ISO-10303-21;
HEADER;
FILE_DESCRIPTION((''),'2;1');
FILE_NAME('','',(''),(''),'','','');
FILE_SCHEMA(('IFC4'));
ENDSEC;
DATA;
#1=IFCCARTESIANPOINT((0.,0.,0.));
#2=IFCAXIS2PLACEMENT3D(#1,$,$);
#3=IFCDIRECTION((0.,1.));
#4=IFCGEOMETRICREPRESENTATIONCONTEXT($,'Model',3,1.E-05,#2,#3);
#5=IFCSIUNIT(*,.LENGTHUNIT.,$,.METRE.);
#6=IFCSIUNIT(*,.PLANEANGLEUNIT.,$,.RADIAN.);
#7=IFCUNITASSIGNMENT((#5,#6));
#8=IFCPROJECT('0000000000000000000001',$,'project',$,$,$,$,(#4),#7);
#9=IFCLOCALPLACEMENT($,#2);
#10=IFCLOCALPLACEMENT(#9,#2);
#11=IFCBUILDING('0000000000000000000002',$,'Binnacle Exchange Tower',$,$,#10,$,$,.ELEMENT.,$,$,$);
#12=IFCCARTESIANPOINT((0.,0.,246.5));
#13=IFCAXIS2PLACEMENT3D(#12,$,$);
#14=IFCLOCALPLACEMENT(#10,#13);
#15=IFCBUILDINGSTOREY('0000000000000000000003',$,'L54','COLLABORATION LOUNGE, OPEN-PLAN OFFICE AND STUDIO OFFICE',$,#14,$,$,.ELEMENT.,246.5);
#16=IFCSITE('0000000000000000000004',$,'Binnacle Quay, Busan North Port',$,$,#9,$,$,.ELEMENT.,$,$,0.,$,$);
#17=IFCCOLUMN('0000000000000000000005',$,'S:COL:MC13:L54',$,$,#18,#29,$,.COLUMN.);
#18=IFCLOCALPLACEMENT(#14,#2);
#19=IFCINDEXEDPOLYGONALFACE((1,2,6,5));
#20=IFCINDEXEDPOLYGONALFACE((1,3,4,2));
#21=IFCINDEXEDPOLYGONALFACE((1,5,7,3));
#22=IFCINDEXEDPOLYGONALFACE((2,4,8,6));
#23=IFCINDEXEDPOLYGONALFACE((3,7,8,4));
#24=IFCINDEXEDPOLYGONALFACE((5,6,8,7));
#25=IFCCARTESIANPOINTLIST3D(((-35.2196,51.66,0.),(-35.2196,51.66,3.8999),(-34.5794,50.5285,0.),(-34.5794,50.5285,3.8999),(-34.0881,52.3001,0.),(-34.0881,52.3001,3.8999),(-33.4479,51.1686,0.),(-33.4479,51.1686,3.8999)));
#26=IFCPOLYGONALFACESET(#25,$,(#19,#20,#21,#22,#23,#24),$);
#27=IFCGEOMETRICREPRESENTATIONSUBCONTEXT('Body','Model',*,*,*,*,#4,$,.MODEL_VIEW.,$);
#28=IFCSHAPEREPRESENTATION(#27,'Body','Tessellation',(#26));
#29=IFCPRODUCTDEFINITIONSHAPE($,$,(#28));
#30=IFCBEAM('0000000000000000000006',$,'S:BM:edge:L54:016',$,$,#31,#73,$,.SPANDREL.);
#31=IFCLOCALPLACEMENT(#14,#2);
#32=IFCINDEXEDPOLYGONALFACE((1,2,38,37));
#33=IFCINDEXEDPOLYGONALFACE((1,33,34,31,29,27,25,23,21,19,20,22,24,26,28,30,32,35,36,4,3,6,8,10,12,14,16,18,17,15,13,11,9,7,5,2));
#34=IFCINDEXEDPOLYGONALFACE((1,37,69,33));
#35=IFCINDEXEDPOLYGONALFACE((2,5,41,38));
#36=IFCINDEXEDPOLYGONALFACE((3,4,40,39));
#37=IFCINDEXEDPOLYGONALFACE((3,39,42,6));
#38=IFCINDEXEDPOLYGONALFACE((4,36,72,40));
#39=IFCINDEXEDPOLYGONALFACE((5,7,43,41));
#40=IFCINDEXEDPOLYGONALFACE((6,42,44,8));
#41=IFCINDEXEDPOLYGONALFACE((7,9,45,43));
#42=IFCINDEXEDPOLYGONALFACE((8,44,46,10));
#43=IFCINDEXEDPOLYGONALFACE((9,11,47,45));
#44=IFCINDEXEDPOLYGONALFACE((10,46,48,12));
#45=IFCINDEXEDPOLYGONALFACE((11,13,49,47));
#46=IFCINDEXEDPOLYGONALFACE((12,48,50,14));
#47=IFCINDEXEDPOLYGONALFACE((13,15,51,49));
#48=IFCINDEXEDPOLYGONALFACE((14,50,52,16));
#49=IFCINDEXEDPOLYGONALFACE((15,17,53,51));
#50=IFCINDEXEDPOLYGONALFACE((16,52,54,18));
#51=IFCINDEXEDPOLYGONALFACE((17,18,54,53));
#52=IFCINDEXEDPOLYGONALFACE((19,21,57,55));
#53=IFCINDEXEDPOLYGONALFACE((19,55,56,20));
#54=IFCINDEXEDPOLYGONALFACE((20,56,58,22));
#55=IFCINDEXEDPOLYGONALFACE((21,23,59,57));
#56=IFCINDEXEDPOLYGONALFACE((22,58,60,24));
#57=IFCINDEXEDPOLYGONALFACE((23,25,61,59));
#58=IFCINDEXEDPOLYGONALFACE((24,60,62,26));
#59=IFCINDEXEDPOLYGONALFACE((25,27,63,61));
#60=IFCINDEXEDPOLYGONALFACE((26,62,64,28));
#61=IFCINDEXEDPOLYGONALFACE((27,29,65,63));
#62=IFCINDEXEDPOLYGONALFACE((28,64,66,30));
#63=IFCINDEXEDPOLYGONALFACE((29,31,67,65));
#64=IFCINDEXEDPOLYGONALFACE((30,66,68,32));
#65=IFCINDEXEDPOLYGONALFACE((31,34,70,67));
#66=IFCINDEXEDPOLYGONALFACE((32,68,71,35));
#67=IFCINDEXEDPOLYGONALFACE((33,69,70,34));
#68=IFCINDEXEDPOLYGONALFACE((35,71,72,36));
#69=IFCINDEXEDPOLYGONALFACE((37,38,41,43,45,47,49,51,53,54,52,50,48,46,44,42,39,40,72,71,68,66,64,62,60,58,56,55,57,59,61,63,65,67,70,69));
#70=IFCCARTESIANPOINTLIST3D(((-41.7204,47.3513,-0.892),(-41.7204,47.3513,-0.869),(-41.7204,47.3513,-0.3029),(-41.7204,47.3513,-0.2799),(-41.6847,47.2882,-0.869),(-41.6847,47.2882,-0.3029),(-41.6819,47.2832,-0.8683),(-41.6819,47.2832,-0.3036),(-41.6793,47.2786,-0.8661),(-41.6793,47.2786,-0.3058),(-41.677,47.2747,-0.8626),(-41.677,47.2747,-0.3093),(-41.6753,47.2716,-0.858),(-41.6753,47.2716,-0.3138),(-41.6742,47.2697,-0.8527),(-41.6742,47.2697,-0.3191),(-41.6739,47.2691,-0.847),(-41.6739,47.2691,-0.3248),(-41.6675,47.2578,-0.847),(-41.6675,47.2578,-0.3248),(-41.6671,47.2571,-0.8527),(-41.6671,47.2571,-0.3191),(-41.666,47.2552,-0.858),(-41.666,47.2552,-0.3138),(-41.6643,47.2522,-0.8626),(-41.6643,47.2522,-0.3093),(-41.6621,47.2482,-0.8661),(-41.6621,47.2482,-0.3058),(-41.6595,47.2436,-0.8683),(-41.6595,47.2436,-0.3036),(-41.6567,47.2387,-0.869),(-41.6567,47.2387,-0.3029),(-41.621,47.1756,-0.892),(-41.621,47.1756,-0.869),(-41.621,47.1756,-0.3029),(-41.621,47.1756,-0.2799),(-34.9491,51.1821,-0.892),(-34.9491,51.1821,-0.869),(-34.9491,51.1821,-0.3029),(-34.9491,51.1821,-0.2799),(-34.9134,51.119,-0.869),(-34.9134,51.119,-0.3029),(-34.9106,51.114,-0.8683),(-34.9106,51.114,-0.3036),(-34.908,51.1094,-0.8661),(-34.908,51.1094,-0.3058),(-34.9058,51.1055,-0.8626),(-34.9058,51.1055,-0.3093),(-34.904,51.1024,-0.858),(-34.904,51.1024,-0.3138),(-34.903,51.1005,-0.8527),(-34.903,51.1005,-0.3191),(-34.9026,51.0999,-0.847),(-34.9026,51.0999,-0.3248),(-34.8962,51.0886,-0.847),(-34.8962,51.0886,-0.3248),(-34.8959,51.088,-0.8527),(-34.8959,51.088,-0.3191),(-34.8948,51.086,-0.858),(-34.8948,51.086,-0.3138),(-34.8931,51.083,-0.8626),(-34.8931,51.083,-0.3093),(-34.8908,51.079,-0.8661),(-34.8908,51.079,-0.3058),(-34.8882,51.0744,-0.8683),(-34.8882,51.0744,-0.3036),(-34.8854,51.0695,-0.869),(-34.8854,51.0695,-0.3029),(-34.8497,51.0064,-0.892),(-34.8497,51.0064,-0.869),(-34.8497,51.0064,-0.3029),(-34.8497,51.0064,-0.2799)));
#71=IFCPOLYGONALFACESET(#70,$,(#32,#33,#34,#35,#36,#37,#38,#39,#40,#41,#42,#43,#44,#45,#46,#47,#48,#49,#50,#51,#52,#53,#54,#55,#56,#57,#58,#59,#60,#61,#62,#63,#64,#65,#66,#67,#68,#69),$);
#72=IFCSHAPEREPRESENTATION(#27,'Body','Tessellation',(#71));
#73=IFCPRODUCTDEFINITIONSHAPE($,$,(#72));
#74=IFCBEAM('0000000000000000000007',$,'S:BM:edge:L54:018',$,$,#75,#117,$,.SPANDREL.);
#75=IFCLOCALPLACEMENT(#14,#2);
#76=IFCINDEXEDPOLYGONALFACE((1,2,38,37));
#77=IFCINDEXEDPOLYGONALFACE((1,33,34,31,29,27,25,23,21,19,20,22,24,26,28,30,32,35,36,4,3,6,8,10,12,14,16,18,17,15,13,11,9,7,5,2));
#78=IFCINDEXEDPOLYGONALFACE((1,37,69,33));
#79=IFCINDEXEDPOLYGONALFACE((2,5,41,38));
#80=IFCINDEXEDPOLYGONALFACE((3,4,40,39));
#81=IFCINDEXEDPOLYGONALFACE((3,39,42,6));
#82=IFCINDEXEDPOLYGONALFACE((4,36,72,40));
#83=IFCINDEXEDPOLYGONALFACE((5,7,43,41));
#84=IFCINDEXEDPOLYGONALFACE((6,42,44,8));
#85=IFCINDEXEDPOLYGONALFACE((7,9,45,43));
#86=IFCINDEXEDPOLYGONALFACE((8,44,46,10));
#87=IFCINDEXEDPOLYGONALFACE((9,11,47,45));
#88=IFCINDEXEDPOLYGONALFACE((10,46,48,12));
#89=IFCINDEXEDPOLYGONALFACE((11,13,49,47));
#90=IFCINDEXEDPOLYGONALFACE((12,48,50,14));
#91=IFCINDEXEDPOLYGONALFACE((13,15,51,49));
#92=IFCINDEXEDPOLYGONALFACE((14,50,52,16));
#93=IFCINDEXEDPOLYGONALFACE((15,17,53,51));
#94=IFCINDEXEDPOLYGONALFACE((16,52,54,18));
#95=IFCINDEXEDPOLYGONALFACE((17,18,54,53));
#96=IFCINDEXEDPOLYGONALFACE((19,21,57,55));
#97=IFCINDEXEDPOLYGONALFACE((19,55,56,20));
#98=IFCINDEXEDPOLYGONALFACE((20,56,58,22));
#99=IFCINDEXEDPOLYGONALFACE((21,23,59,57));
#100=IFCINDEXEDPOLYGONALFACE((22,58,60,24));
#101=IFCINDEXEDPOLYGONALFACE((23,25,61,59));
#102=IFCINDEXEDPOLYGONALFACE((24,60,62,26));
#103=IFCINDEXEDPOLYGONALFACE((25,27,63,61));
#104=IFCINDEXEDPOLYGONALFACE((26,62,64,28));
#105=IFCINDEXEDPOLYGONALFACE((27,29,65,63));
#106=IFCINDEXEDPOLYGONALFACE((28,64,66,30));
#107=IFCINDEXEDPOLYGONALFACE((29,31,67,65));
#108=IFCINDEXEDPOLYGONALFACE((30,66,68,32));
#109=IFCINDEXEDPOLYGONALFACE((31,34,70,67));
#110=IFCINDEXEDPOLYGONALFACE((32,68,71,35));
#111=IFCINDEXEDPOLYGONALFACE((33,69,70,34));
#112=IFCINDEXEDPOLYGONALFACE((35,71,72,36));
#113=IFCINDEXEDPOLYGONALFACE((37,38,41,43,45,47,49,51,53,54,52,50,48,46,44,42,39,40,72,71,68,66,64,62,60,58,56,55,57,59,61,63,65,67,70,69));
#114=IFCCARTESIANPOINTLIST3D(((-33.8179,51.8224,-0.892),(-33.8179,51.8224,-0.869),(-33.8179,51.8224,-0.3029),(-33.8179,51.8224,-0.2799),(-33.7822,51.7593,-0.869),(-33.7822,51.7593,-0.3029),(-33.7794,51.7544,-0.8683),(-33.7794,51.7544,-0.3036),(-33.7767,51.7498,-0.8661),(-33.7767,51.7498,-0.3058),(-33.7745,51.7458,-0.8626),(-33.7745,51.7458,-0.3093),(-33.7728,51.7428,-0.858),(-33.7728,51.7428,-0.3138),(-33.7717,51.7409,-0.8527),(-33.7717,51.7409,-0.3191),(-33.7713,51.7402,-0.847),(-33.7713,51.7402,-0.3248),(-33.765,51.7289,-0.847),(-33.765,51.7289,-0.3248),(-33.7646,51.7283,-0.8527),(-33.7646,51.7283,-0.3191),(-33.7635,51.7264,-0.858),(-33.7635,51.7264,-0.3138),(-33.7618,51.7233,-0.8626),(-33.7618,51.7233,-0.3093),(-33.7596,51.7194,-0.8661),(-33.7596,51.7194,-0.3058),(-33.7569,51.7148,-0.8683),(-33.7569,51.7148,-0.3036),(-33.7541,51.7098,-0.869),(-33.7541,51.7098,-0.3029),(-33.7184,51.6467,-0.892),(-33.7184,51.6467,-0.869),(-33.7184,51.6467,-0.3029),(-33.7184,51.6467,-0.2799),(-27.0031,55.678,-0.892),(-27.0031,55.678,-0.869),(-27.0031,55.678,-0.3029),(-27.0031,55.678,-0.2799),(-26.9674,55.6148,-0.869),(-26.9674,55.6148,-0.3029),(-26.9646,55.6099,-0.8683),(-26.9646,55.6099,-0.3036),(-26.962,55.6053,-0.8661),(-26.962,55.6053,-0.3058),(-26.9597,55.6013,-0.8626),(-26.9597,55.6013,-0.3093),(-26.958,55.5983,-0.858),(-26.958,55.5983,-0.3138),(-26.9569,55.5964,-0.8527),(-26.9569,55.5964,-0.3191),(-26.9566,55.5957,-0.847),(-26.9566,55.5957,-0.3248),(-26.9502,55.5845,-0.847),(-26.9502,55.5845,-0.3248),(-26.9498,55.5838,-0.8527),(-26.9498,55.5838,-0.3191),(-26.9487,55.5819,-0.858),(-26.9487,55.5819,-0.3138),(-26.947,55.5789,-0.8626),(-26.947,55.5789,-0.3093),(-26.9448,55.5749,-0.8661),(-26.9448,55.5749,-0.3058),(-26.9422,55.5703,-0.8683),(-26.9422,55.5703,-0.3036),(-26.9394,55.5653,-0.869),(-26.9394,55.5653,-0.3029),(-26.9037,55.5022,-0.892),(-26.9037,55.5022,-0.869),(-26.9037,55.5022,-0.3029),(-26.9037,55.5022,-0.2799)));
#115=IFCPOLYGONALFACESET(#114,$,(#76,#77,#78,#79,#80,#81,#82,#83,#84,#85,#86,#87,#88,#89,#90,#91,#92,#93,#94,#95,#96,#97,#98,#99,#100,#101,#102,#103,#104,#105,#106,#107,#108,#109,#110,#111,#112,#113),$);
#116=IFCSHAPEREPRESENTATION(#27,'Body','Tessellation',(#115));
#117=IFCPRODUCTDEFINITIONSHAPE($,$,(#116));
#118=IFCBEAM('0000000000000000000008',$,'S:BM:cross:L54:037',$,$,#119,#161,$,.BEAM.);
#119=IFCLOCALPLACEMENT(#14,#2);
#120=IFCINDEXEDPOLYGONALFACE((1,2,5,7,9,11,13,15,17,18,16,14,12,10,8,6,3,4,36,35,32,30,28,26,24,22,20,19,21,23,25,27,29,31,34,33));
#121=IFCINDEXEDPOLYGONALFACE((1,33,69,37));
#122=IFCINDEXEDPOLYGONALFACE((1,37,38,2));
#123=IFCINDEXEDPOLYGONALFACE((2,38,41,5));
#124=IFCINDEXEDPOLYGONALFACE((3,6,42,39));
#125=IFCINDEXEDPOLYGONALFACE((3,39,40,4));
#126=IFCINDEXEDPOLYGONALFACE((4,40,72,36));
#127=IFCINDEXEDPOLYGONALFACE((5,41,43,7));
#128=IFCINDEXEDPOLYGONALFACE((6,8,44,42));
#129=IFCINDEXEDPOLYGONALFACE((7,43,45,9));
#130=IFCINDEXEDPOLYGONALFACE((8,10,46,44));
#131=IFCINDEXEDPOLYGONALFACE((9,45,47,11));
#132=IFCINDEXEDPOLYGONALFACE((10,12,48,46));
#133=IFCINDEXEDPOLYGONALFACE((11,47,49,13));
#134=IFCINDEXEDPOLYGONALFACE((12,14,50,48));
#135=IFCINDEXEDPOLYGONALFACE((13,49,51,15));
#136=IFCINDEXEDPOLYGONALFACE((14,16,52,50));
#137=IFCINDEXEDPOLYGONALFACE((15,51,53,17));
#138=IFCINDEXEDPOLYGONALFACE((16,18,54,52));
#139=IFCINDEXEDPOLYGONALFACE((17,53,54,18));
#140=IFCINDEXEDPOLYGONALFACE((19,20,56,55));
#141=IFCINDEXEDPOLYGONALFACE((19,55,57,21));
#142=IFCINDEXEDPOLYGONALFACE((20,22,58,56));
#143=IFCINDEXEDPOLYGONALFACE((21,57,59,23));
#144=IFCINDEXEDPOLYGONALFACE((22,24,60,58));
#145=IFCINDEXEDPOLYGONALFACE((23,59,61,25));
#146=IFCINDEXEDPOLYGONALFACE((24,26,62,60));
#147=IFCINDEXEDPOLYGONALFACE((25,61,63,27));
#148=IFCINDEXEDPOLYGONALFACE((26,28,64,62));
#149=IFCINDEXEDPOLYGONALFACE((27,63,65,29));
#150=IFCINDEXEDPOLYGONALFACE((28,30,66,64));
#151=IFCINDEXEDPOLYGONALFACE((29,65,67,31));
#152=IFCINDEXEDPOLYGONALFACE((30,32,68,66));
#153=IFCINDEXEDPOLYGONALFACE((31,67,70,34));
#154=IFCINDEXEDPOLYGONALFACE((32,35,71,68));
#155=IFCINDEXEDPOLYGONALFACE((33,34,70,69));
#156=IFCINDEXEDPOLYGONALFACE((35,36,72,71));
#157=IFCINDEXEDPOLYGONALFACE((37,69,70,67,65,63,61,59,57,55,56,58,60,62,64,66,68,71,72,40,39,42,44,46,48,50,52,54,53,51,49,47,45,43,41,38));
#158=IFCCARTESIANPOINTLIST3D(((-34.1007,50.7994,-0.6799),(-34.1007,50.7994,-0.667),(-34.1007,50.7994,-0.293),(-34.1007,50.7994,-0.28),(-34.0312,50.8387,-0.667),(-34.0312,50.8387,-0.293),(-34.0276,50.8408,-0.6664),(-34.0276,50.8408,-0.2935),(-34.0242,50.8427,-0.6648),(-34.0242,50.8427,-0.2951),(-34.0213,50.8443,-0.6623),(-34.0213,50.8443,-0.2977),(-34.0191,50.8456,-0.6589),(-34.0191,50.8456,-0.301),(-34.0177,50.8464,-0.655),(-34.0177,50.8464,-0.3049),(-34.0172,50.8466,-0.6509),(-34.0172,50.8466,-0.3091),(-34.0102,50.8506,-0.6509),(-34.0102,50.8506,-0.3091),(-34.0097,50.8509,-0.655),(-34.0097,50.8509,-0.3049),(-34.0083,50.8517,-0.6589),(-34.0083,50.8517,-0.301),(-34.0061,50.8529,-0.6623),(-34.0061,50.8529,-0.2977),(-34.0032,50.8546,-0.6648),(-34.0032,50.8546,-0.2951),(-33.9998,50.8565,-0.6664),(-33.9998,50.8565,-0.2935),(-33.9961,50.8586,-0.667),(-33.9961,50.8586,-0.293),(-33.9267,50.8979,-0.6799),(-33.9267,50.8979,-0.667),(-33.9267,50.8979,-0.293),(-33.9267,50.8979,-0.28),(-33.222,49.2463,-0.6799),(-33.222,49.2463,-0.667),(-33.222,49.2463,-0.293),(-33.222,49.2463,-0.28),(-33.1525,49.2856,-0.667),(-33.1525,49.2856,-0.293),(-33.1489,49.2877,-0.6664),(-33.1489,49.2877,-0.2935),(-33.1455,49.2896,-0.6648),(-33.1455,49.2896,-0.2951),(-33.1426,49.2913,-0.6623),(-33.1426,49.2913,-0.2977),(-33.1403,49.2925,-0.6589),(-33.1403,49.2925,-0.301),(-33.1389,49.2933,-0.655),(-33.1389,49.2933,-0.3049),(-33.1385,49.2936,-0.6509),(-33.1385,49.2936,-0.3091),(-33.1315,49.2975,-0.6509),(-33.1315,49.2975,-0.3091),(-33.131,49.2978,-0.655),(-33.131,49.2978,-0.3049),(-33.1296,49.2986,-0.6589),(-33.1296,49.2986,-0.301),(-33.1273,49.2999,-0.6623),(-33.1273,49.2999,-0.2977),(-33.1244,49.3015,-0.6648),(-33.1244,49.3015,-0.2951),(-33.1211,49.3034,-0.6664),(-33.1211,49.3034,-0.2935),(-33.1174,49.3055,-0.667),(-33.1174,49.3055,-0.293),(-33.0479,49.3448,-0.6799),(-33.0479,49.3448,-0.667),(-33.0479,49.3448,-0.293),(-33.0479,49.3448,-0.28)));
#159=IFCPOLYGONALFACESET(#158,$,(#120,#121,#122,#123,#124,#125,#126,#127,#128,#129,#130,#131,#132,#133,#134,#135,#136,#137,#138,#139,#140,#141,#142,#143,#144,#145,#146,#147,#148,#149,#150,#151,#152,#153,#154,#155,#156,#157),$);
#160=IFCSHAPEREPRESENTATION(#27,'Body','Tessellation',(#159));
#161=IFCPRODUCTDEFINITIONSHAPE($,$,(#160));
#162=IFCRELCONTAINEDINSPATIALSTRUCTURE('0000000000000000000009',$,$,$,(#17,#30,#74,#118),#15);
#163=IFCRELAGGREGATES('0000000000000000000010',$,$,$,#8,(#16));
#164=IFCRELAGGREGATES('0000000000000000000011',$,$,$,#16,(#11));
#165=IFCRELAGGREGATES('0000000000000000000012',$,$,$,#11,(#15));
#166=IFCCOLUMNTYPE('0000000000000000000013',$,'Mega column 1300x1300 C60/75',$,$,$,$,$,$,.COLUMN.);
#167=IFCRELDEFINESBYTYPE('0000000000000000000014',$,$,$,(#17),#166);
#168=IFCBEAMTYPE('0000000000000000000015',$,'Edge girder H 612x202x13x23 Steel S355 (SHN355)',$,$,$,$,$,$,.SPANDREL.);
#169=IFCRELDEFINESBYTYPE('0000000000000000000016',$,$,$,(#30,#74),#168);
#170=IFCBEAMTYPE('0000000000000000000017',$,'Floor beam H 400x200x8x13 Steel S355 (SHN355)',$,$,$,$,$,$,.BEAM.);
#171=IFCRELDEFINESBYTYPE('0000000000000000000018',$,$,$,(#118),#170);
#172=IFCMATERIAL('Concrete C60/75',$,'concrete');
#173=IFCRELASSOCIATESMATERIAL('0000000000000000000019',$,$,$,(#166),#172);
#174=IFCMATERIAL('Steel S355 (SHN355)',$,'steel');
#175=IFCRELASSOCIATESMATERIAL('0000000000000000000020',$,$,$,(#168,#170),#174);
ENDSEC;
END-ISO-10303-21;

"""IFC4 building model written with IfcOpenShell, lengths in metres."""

from ifc_helpers import new_model, si_unit, direction, frame, origin, origin_2d, place, context, subcontext, project, spatial, rectangle, i_section, extrude, material, material_profile, profile_set, type_object, element, save


model = new_model("IFC4")

# Units and contexts
model_context = context("Model", 3, precision=1e-05, world=origin(), true_north=direction((0.0, 1.0)))
body_context = subcontext(model_context, "Body", "Model", "MODEL_VIEW")
ifc_project = project(units=[si_unit("LENGTHUNIT", "METRE"), si_unit("PLANEANGLEUNIT", "RADIAN")], contexts=[model_context])

# Site, building, storey
site_placement = place(None, origin())
site = spatial("IfcSite", under=ifc_project, at=site_placement, Name="Binnacle Quay, Busan North Port", CompositionType="ELEMENT", RefElevation=0.0)
building_placement = place(site_placement, origin())
building = spatial("IfcBuilding", under=site, at=building_placement, Name="Binnacle Exchange Tower", CompositionType="ELEMENT")
storey_placement = place(building_placement, frame((0.0, 0.0, 246.5)))
storey = spatial("IfcBuildingStorey", under=building, at=storey_placement, Name="L54", Description="COLLABORATION LOUNGE, OPEN-PLAN OFFICE AND STUDIO OFFICE", CompositionType="ELEMENT", Elevation=246.5)

# Column
ifc_material_1 = material(Name="Concrete C60/75", Category="concrete")
ifc_material_profile_1 = material_profile(ifc_material_1, rectangle(XDim=1.3, YDim=1.3, at=origin_2d()), Name="Mega column 1300x1300 C60/75")
ifc_profile_set_1 = profile_set([ifc_material_profile_1], Name="Concrete C60/75")
column_type = type_object("IfcColumnType", Name="Mega column 1300x1300 C60/75", PredefinedType="COLUMN", material=ifc_profile_set_1)
column_placement = place(storey_placement, frame((-34.3337, 51.4143, 0.0), z_axis=(0.0, 0.0, 1.0), x_axis=(-0.870356, -0.492424, 0.0)))
element("IfcColumn", 1, at=column_placement, inside=storey, type_object=column_type, Name="S:COL:MC13:L54", PredefinedType="COLUMN", context=body_context, shape_type="SweptSolid", body=[
    extrude(rectangle(XDim=1.3, YDim=1.3, at=origin_2d()), origin(), (0.0, 0.0, 1.0), 3.8999),
])

# Beams
ifc_material_2 = material(Name="Steel S355 (SHN355)", Category="steel")
ifc_material_profile_2 = material_profile(ifc_material_2, i_section(OverallWidth=0.2019, OverallDepth=0.6121, WebThickness=0.0129, FlangeThickness=0.0229, FilletRadius=0.022, at=origin_2d()), Name="H 612x202x13x23")
ifc_profile_set_2 = profile_set([ifc_material_profile_2], Name="Steel S355 (SHN355)")
beam_type_1 = type_object("IfcBeamType", Name="Edge girder H 612x202x13x23 Steel S355 (SHN355)", PredefinedType="SPANDREL", material=ifc_profile_set_2)
beam_1_placement = place(storey_placement, frame((-34.8994, 51.0942, -0.5859), z_axis=(-0.870365, -0.492407, 0.0), x_axis=(0.492407, -0.870365, 0.0)))
element("IfcBeam", 2, at=beam_1_placement, inside=storey, type_object=beam_type_1, Name="S:BM:edge:L54:016", PredefinedType="SPANDREL", context=body_context, shape_type="SweptSolid", body=[
    extrude(i_section(OverallWidth=0.2019, OverallDepth=0.6121, WebThickness=0.0129, FlangeThickness=0.0229, FilletRadius=0.022, at=origin_2d()), origin(), (0.0, 0.0, 1.0), 7.7798),
])
beam_2_placement = place(storey_placement, frame((-26.9534, 55.5901, -0.5859), z_axis=(-0.870361, -0.492414, 0.0), x_axis=(0.492414, -0.870361, 0.0)))
element("IfcBeam", 3, at=beam_2_placement, inside=storey, type_object=beam_type_1, Name="S:BM:edge:L54:018", PredefinedType="SPANDREL", context=body_context, shape_type="SweptSolid", body=[
    extrude(i_section(OverallWidth=0.2019, OverallDepth=0.6121, WebThickness=0.0129, FlangeThickness=0.0229, FilletRadius=0.022, at=origin_2d()), origin(), (0.0, 0.0, 1.0), 7.8298),
])
ifc_material_profile_3 = material_profile(ifc_material_2, i_section(OverallWidth=0.2, OverallDepth=0.3999, WebThickness=0.0081, FlangeThickness=0.0129, FilletRadius=0.0161, at=origin_2d()), Name="H 400x200x8x13")
ifc_profile_set_3 = profile_set([ifc_material_profile_3], Name="Steel S355 (SHN355)")
beam_type_2 = type_object("IfcBeamType", Name="Floor beam H 400x200x8x13 Steel S355 (SHN355)", PredefinedType="BEAM", material=ifc_profile_set_3)
beam_3_placement = place(storey_placement, frame((-34.0137, 50.8486, -0.48), z_axis=(0.492436, -0.870349, 0.0), x_axis=(0.870349, 0.492436, 0.0)))
element("IfcBeam", 4, at=beam_3_placement, inside=storey, type_object=beam_type_2, Name="S:BM:cross:L54:037", PredefinedType="BEAM", context=body_context, shape_type="SweptSolid", body=[
    extrude(i_section(OverallWidth=0.2, OverallDepth=0.3999, WebThickness=0.0081, FlangeThickness=0.0129, FilletRadius=0.0161, at=origin_2d()), origin(), (0.0, 0.0, 1.0), 1.7844),
])

save(model, "model.ifc")
